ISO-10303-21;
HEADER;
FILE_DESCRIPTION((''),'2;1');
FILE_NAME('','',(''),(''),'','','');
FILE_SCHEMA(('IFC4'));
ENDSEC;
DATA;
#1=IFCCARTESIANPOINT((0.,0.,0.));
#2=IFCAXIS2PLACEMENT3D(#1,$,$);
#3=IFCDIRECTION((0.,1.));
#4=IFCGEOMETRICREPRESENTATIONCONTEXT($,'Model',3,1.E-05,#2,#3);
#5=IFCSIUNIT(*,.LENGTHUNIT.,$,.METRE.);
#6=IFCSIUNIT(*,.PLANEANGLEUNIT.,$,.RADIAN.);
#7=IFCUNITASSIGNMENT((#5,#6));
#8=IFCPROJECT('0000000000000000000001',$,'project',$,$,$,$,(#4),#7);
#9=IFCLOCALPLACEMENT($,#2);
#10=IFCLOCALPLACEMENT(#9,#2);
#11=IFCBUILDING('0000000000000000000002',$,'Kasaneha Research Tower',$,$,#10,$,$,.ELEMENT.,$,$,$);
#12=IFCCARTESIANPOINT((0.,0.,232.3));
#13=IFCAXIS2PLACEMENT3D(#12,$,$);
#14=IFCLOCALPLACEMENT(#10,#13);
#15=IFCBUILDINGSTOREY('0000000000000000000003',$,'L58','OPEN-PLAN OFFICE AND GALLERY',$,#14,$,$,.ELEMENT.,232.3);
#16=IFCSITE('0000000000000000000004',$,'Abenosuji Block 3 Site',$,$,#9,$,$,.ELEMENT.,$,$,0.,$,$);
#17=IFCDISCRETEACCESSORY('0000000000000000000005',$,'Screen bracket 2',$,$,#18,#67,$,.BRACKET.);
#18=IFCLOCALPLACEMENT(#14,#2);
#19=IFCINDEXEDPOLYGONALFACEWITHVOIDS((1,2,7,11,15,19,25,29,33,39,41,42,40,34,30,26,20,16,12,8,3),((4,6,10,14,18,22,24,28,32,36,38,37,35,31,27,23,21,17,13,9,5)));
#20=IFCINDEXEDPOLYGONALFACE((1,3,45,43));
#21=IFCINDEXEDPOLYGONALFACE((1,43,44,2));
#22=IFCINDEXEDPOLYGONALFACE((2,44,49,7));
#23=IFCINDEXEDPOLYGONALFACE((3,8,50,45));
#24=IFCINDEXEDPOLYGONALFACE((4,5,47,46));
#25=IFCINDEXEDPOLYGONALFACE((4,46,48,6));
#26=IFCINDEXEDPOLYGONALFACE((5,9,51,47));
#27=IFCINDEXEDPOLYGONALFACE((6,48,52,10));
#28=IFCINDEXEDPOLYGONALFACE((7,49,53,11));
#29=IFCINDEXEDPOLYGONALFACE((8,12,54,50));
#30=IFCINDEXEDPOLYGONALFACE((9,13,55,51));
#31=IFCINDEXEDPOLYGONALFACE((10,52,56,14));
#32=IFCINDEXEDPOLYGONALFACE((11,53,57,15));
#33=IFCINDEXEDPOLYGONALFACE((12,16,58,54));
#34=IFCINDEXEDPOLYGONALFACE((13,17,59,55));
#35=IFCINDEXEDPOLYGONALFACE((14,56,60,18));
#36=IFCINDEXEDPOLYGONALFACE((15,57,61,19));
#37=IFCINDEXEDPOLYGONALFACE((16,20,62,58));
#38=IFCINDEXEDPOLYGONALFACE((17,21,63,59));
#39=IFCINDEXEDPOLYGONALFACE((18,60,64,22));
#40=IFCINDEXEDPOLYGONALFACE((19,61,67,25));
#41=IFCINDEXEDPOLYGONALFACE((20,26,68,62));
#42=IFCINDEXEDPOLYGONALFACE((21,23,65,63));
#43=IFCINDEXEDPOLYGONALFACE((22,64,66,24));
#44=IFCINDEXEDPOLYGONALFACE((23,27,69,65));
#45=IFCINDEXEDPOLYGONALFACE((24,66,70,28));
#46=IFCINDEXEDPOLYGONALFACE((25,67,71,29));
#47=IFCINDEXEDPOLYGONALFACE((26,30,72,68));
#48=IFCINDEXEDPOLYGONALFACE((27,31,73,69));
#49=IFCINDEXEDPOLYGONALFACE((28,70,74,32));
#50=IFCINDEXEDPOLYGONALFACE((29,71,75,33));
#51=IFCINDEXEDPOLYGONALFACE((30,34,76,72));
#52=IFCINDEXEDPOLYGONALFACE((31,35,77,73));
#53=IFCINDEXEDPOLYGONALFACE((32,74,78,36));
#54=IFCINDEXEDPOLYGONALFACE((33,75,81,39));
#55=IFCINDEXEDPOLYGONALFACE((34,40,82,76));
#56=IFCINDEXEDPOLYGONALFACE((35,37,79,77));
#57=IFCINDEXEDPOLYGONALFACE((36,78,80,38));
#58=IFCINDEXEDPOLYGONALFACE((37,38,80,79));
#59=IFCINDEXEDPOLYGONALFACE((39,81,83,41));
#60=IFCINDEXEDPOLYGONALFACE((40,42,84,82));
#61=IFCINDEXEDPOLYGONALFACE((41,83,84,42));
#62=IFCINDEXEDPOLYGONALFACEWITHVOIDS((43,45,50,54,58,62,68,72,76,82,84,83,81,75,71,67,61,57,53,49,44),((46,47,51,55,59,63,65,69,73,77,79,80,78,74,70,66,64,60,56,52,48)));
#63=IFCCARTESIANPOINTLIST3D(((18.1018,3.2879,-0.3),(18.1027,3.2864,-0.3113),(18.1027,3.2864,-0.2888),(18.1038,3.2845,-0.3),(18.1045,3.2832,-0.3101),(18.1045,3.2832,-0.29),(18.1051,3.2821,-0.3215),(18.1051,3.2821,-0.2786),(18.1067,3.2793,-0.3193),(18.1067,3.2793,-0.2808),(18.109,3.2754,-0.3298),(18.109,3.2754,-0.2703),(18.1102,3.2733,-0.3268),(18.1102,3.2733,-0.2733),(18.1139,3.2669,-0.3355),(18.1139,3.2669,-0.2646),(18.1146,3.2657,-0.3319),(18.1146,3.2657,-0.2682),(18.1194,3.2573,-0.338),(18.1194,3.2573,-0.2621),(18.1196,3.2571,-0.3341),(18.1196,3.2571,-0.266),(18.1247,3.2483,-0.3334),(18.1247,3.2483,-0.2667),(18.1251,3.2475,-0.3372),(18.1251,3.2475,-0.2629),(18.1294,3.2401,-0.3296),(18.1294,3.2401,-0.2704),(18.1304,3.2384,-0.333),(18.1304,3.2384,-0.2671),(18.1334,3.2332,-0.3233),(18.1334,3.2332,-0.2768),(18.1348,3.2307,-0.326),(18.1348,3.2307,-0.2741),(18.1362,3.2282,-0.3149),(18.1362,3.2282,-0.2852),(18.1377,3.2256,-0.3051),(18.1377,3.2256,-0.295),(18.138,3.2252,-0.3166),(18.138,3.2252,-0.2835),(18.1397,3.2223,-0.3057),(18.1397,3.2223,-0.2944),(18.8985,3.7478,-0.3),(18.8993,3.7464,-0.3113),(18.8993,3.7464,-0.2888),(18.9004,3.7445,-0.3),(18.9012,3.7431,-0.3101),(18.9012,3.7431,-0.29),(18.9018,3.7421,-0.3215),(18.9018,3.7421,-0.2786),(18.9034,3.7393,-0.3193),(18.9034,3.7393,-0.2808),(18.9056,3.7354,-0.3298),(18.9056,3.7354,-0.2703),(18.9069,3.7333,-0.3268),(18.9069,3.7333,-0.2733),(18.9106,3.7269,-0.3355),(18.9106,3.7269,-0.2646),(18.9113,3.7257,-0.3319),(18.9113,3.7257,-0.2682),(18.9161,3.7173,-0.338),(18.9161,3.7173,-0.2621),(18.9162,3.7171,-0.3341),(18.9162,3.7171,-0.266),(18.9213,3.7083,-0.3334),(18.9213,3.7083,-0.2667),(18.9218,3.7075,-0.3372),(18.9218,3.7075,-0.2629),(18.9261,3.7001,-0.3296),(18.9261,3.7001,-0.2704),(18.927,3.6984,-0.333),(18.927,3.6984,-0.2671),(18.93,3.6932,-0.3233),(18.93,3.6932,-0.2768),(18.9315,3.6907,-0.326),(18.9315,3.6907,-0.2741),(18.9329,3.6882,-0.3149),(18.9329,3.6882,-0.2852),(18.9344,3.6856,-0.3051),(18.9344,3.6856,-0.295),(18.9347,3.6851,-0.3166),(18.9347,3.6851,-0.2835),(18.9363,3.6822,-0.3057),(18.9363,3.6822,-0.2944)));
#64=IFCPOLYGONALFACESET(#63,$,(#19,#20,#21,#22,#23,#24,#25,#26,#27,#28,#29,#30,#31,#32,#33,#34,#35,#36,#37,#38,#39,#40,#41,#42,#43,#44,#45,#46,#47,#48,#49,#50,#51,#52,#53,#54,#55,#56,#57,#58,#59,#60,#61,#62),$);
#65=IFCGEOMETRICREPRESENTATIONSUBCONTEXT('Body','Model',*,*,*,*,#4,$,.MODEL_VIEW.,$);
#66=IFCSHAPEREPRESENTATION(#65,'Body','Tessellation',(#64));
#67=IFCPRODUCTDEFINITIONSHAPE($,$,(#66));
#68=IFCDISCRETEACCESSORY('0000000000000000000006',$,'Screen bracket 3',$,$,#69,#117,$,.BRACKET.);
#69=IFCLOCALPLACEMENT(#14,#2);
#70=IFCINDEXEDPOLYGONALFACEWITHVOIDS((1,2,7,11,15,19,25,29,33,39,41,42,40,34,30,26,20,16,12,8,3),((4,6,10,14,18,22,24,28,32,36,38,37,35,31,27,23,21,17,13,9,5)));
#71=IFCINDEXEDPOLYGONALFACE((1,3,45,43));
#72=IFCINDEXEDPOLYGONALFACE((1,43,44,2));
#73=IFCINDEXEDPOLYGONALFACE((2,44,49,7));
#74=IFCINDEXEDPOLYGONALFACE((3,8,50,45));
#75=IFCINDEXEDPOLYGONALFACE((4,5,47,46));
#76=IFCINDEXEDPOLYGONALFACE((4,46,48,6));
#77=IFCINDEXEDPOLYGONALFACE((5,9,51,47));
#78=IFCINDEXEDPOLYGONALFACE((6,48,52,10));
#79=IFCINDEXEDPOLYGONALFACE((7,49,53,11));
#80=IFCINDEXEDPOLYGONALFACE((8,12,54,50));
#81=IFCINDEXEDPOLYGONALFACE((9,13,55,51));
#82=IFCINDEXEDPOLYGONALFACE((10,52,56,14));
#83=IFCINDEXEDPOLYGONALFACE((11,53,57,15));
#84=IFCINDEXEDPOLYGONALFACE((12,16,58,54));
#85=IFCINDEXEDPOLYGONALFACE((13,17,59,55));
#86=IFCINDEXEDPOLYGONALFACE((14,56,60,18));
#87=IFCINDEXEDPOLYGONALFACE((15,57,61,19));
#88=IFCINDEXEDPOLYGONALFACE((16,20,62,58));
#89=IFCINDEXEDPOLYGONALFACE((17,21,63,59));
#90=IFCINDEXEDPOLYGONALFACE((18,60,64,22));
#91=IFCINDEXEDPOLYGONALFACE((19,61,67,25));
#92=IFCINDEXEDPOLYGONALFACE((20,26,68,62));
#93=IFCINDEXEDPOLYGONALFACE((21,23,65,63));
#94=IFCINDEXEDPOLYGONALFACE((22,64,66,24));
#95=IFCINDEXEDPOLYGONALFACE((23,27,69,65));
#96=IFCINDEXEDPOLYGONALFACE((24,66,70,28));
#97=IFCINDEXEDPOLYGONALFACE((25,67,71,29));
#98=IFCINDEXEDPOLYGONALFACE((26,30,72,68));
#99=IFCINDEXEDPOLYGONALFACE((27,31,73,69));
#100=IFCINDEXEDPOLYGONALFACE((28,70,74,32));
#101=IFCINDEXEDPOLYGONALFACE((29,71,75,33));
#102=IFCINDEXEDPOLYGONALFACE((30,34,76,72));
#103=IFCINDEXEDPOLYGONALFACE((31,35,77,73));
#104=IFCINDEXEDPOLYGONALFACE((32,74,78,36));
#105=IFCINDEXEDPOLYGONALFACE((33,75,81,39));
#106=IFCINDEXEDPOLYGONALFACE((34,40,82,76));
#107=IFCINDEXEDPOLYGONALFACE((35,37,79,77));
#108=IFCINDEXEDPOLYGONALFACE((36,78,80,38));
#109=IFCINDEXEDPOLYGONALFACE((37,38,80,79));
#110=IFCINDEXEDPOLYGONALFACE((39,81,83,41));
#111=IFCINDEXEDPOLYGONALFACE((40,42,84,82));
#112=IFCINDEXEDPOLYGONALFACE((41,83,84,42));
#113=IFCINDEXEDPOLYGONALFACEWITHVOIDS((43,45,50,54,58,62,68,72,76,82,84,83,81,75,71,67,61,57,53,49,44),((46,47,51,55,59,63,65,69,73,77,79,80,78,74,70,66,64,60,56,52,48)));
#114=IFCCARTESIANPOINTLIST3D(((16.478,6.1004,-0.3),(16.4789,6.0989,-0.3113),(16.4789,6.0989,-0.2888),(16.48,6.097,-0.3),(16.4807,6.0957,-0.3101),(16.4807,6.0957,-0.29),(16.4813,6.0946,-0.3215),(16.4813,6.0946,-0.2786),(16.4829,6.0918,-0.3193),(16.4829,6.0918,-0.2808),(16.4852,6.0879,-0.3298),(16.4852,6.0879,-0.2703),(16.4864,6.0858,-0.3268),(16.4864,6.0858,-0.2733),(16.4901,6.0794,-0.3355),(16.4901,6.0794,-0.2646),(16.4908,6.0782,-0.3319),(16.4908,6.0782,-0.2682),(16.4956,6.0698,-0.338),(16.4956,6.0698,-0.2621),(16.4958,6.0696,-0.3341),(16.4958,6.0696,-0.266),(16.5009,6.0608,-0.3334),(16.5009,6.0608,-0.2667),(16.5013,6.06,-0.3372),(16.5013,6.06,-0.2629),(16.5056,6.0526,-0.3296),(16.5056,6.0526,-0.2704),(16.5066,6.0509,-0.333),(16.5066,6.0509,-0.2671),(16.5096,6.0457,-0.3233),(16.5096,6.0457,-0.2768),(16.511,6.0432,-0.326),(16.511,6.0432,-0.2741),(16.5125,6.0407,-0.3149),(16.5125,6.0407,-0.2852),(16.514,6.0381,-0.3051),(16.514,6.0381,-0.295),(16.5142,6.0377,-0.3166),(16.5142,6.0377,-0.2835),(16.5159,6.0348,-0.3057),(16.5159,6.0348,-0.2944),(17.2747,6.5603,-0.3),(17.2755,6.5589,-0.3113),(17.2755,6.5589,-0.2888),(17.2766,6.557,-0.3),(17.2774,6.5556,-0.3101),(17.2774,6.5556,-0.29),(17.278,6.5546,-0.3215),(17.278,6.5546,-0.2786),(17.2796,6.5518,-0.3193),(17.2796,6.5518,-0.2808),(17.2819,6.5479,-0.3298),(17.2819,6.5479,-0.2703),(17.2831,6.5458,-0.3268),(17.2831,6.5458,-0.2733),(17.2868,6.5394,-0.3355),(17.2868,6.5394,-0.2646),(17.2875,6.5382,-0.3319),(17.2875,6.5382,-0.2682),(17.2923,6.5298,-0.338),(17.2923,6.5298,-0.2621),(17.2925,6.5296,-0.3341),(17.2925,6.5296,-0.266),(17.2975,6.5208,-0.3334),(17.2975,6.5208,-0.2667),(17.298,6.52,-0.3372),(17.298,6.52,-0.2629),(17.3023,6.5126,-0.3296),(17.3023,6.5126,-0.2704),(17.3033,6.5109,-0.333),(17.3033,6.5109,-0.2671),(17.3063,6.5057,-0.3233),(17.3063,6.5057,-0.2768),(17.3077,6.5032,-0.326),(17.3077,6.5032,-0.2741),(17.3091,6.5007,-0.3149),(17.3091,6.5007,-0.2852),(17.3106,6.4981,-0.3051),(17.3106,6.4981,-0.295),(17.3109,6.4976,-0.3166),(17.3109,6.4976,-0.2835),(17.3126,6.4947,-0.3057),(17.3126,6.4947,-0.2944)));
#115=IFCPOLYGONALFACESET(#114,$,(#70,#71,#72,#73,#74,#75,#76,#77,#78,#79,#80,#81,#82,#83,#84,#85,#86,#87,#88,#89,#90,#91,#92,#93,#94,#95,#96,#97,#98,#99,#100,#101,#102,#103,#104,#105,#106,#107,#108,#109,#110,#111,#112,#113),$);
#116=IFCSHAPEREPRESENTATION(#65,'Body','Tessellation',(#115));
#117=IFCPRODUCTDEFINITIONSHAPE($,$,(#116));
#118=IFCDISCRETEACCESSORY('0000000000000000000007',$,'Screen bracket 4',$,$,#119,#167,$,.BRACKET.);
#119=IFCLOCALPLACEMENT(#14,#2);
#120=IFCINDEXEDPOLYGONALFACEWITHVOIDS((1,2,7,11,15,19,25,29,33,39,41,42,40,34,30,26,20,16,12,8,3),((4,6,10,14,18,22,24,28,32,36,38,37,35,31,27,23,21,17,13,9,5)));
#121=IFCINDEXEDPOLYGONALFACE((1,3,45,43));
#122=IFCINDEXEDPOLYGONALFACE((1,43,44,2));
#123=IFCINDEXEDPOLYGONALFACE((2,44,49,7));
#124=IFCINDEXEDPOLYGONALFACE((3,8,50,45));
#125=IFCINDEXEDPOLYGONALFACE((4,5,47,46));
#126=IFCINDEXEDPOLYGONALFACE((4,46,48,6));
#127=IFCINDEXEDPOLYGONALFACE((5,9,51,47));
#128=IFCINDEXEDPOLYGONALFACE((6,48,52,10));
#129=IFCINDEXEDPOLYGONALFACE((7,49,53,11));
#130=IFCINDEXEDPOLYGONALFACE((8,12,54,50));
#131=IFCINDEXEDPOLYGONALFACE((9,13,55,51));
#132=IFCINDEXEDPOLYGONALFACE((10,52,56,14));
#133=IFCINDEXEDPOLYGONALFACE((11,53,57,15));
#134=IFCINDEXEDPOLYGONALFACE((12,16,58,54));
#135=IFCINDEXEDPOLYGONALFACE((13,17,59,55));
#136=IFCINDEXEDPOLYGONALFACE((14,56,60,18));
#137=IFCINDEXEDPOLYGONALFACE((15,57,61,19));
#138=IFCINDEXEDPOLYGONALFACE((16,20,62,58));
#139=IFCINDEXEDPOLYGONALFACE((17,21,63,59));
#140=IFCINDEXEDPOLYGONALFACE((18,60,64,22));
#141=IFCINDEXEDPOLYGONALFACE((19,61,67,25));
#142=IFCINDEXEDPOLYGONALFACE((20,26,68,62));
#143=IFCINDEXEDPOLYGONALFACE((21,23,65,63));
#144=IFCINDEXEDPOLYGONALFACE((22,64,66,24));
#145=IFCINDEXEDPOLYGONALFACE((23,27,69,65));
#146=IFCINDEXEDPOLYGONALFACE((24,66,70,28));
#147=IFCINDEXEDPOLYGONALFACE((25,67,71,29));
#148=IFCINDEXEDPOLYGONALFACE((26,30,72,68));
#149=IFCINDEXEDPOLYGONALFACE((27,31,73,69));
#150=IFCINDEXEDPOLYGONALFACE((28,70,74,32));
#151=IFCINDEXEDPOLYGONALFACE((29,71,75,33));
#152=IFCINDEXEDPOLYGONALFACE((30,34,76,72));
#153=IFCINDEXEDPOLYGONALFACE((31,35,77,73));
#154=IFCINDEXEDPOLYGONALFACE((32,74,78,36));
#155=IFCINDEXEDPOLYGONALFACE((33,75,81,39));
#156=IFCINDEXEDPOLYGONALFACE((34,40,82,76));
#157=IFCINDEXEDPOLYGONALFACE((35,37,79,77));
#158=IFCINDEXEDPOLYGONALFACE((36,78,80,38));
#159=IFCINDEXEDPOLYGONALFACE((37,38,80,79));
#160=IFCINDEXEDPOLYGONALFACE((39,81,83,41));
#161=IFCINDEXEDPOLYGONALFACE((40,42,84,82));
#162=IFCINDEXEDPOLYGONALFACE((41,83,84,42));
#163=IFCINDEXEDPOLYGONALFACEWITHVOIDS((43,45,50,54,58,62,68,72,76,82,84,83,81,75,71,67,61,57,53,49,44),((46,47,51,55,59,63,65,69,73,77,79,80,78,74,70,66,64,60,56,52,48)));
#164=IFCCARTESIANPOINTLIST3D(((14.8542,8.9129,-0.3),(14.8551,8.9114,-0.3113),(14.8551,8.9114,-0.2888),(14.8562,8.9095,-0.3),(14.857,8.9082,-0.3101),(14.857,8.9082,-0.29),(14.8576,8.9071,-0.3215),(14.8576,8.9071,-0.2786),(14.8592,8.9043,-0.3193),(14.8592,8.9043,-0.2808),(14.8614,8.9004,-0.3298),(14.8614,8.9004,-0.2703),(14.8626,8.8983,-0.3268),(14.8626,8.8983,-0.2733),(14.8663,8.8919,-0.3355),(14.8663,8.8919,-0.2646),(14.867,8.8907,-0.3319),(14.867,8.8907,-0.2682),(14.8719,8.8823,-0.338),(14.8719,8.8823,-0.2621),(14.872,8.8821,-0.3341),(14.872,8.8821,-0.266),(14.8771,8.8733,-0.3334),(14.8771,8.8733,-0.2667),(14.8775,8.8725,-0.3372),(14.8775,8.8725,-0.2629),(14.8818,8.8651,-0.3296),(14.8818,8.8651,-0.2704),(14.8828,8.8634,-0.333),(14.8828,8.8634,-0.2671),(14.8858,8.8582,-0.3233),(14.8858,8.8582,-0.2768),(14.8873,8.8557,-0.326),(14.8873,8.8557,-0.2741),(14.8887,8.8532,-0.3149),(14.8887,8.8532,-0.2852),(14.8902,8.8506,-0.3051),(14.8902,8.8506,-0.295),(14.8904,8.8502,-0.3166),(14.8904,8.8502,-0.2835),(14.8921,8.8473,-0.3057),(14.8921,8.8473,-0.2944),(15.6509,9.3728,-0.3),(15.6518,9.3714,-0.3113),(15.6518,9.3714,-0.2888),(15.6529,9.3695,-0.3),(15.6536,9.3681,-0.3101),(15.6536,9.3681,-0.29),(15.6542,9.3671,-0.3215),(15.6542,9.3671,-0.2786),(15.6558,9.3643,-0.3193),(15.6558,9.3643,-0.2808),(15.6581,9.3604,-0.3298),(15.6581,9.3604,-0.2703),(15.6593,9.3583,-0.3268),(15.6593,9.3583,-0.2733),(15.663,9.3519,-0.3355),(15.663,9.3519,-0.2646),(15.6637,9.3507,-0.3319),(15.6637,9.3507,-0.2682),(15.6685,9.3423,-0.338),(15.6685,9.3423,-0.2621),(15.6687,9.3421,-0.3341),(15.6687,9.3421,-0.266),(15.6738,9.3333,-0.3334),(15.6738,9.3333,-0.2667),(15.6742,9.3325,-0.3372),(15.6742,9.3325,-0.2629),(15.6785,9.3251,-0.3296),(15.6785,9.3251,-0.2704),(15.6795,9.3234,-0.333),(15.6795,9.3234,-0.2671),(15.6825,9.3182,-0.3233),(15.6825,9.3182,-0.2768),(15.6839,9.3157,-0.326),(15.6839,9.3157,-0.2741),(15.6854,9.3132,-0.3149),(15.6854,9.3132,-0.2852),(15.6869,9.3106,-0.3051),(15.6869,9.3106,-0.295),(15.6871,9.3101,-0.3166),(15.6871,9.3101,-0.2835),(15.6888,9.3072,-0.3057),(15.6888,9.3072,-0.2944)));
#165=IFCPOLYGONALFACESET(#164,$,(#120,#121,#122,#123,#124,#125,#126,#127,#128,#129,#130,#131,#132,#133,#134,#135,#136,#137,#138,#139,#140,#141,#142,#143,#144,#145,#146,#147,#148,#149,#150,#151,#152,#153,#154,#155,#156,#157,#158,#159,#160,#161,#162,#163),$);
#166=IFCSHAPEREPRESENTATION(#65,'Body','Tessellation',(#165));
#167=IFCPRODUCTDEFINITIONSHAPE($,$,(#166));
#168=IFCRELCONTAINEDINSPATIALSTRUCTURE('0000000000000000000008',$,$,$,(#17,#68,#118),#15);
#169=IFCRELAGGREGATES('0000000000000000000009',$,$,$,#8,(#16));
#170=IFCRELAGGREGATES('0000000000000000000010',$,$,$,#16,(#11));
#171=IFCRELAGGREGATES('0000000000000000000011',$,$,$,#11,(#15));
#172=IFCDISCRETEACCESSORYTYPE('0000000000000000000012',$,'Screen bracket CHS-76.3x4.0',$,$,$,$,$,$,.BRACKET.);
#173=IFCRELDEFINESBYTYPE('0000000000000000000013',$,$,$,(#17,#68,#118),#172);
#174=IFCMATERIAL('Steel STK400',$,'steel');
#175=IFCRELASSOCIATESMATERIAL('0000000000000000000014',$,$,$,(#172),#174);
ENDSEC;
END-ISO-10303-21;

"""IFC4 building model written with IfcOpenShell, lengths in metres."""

from ifc_helpers import new_model, si_unit, direction, frame, origin, origin_2d, place, context, subcontext, project, spatial, hollow_circle, extrude, material, material_profile, profile_set, type_object, element, save


model = new_model("IFC4")

# Units and contexts
model_context = context("Model", 3, precision=1e-05, world=origin(), true_north=direction((0.0, 1.0)))
body_context = subcontext(model_context, "Body", "Model", "MODEL_VIEW")
ifc_project = project(units=[si_unit("LENGTHUNIT", "METRE"), si_unit("PLANEANGLEUNIT", "RADIAN")], contexts=[model_context])

# Site, building, storey
site_placement = place(None, origin())
site = spatial("IfcSite", under=ifc_project, at=site_placement, Name="Abenosuji Block 3 Site", CompositionType="ELEMENT", RefElevation=0.0)
building_placement = place(site_placement, origin())
building = spatial("IfcBuilding", under=site, at=building_placement, Name="Kasaneha Research Tower", CompositionType="ELEMENT")
storey_placement = place(building_placement, frame((0.0, 0.0, 232.3)))
storey = spatial("IfcBuildingStorey", under=building, at=storey_placement, Name="L58", Description="OPEN-PLAN OFFICE AND GALLERY", CompositionType="ELEMENT", Elevation=232.3)

# Discrete accessories
ifc_material_1 = material(Name="Steel STK400", Category="steel")
ifc_material_profile_1 = material_profile(ifc_material_1, hollow_circle(Radius=0.0381, WallThickness=0.0039, at=origin_2d()), Name="CHS-76.3x4.0")
ifc_profile_set_1 = profile_set([ifc_material_profile_1], Name="Steel STK400")
discrete_accessory_type = type_object("IfcDiscreteAccessoryType", Name="Screen bracket CHS-76.3x4.0", PredefinedType="BRACKET", material=ifc_profile_set_1)
for number, where, z_axis, x_axis, name in (
    (1, (18.1208, 3.2549, -0.3), (0.866013, 0.500021, 0.0), (-0.500021, 0.866013, 0.0), "Screen bracket 2"),
    (2, (16.4971, 6.0674, -0.3), (0.866013, 0.500021, 0.0), (-0.500021, 0.866013, 0.0), "Screen bracket 3"),
    (3, (14.8733, 8.8799, -0.3), (0.866013, 0.500021, 0.0), (-0.500021, 0.866013, 0.0), "Screen bracket 4"),
):
    element("IfcDiscreteAccessory", number, at=place(storey_placement, frame(where, z_axis=z_axis, x_axis=x_axis)), inside=storey, type_object=discrete_accessory_type, Name=name, PredefinedType="BRACKET", context=body_context, shape_type="SweptSolid", body=[
        extrude(hollow_circle(Radius=0.0381, WallThickness=0.0039, at=origin_2d()), origin(), (0.0, 0.0, 1.0), 0.9199),
    ])

save(model, "model.ifc")
